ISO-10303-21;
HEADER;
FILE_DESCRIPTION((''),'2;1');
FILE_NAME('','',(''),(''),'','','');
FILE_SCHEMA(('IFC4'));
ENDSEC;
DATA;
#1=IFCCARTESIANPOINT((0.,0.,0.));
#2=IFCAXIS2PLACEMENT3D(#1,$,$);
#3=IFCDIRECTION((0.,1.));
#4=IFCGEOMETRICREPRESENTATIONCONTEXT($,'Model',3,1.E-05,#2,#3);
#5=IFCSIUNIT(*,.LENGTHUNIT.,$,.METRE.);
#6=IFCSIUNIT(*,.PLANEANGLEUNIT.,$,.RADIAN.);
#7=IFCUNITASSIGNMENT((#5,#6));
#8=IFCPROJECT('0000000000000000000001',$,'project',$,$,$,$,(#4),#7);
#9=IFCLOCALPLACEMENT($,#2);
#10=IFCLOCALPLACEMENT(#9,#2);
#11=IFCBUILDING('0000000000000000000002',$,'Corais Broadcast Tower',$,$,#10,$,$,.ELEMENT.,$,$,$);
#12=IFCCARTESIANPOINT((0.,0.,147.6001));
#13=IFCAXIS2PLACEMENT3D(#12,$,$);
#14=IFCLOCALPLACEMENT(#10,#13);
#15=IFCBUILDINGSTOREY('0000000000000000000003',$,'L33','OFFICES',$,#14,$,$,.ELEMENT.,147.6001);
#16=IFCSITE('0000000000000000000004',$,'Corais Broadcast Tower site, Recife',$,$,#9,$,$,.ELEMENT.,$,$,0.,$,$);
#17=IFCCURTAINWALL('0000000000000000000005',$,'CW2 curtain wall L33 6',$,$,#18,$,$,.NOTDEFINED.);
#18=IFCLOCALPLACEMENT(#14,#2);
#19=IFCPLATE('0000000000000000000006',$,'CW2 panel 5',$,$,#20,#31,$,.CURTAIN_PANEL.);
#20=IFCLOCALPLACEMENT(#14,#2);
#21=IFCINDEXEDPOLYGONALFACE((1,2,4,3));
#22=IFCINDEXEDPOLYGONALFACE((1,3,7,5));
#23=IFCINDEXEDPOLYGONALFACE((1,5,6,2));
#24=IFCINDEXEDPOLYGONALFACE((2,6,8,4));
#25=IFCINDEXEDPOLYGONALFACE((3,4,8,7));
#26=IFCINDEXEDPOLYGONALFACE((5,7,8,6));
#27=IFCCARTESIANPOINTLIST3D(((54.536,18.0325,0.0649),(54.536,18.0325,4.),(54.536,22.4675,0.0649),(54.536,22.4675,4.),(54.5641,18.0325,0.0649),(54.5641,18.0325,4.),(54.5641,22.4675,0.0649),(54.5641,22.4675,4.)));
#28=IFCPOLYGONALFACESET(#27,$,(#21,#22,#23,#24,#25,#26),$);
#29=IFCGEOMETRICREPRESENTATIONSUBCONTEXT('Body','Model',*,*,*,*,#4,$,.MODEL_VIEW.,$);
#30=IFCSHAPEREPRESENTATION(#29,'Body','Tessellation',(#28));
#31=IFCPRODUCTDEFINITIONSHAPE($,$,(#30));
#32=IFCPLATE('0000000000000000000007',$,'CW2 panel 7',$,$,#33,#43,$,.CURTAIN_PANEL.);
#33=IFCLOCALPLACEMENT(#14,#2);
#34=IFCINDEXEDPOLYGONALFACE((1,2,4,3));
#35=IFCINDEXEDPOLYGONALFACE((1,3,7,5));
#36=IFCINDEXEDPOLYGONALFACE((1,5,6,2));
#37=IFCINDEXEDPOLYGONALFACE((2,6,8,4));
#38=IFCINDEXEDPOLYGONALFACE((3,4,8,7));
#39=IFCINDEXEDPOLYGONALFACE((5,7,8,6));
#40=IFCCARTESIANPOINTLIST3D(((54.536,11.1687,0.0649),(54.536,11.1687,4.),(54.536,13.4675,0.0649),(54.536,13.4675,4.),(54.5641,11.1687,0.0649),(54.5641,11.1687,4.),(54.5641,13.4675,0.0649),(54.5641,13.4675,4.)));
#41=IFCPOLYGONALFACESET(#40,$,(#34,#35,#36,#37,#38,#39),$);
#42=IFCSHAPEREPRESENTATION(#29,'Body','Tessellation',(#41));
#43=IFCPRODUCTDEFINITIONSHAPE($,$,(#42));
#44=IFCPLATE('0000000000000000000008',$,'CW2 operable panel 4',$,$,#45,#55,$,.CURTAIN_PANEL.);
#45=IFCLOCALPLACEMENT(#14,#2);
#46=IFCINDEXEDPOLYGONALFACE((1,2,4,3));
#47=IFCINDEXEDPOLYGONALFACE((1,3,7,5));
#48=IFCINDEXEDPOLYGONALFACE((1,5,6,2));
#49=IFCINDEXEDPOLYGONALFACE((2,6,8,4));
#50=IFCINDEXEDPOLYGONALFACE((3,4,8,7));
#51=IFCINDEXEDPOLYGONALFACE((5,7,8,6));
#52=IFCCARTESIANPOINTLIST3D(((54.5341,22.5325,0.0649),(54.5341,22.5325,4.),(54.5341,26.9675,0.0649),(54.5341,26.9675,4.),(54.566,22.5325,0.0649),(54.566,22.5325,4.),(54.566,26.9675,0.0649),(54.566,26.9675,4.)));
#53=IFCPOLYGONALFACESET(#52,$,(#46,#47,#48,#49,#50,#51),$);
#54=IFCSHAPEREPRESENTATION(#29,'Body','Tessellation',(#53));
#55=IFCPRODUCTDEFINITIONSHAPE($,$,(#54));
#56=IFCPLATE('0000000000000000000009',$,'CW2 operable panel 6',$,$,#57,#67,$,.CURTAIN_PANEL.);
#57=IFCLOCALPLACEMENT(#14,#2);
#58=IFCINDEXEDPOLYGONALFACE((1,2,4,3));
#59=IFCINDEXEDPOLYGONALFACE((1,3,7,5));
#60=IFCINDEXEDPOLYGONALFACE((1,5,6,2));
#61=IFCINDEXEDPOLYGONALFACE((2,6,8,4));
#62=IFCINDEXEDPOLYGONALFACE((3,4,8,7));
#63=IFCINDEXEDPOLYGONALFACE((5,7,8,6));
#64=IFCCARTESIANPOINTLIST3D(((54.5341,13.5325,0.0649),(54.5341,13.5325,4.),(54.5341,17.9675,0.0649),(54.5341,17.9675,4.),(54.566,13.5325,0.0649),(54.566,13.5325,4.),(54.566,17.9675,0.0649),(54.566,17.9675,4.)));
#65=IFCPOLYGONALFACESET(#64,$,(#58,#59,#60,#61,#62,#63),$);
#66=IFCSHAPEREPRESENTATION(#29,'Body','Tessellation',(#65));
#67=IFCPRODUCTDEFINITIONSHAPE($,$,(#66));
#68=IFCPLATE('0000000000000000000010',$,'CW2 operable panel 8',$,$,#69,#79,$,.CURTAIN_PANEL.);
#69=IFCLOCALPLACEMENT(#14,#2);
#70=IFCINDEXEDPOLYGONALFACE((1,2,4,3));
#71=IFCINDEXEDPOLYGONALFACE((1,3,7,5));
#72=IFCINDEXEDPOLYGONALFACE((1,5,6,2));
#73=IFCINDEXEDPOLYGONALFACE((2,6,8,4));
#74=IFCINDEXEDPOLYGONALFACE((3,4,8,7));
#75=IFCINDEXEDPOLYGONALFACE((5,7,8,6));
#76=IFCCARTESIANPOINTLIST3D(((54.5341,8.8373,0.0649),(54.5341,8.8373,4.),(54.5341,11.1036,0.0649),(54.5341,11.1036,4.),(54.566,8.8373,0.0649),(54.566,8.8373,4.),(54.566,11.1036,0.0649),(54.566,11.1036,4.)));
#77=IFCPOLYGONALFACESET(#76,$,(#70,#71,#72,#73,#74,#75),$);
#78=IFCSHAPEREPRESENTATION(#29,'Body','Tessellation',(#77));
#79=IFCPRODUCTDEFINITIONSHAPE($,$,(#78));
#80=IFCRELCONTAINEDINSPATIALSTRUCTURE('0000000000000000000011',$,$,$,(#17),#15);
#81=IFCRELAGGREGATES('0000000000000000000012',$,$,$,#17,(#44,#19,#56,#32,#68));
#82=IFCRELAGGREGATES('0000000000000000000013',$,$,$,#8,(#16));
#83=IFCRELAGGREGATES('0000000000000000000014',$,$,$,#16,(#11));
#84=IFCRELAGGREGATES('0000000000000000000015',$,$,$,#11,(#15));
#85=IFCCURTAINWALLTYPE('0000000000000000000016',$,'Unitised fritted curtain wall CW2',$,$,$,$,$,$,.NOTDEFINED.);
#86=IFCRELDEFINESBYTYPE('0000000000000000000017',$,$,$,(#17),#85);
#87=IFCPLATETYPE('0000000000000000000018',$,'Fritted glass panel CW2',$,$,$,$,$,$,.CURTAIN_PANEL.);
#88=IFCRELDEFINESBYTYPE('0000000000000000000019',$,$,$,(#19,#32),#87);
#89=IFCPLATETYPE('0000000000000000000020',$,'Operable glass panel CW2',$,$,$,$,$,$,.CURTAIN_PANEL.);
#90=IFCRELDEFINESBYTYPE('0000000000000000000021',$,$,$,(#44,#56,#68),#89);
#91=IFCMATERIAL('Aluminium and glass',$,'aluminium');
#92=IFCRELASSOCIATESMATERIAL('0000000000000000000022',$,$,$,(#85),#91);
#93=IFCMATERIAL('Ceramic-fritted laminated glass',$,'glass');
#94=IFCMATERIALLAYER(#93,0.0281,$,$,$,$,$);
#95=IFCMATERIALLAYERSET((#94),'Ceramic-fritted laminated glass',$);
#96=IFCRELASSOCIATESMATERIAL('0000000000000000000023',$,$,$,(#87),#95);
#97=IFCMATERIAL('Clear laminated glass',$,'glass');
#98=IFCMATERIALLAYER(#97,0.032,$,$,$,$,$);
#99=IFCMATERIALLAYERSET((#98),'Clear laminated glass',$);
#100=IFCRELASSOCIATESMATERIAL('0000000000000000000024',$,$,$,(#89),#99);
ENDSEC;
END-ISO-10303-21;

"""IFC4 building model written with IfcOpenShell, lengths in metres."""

from ifc_helpers import new_model, si_unit, direction, frame, origin, origin_2d, place, context, subcontext, project, spatial, rectangle, extrude, material, layer, layer_set, type_object, element, aggregate, save


model = new_model("IFC4")

# Units and contexts
model_context = context("Model", 3, precision=1e-05, world=origin(), true_north=direction((0.0, 1.0)))
body_context = subcontext(model_context, "Body", "Model", "MODEL_VIEW")
ifc_project = project(units=[si_unit("LENGTHUNIT", "METRE"), si_unit("PLANEANGLEUNIT", "RADIAN")], contexts=[model_context])

# Site, building, storey
site_placement = place(None, origin())
site = spatial("IfcSite", under=ifc_project, at=site_placement, Name="Corais Broadcast Tower site, Recife", CompositionType="ELEMENT", RefElevation=0.0)
building_placement = place(site_placement, origin())
building = spatial("IfcBuilding", under=site, at=building_placement, Name="Corais Broadcast Tower", CompositionType="ELEMENT")
storey_placement = place(building_placement, frame((0.0, 0.0, 147.6001)))
storey = spatial("IfcBuildingStorey", under=building, at=storey_placement, Name="L33", Description="OFFICES", CompositionType="ELEMENT", Elevation=147.6001)

# Curtain wall
ifc_material_1 = material(Name="Aluminium and glass", Category="aluminium")
curtain_wall_type = type_object("IfcCurtainWallType", Name="Unitised fritted curtain wall CW2", PredefinedType="NOTDEFINED", material=ifc_material_1)
curtain_wall_placement = place(storey_placement, origin())
curtain_wall = element("IfcCurtainWall", 1, at=curtain_wall_placement, inside=storey, type_object=curtain_wall_type, Name="CW2 curtain wall L33 6", PredefinedType="NOTDEFINED")

# Plates
ifc_material_2 = material(Name="Ceramic-fritted laminated glass", Category="glass")
ifc_layer_1 = layer(ifc_material_2, 0.0281)
ifc_layer_set_1 = layer_set([ifc_layer_1], Name="Ceramic-fritted laminated glass")
plate_type_1 = type_object("IfcPlateType", Name="Fritted glass panel CW2", PredefinedType="CURTAIN_PANEL", material=ifc_layer_set_1)
plate_1_placement = place(storey_placement, frame((54.55, 20.25, 0.0649), z_axis=(0.0, 0.0, 1.0), x_axis=(0.0, -1.0, 0.0)))
plate_1 = element("IfcPlate", 2, at=plate_1_placement, type_object=plate_type_1, Name="CW2 panel 5", PredefinedType="CURTAIN_PANEL", context=body_context, shape_type="SweptSolid", body=[
    extrude(rectangle(XDim=4.4351, YDim=0.0281, at=origin_2d()), origin(), (0.0, 0.0, 1.0), 3.9351),
])
plate_2_placement = place(storey_placement, frame((54.55, 12.3181, 0.0649), z_axis=(0.0, 0.0, 1.0), x_axis=(0.0, -1.0, 0.0)))
plate_2 = element("IfcPlate", 3, at=plate_2_placement, type_object=plate_type_1, Name="CW2 panel 7", PredefinedType="CURTAIN_PANEL", context=body_context, shape_type="SweptSolid", body=[
    extrude(rectangle(XDim=2.2988, YDim=0.0281, at=origin_2d()), origin(), (0.0, 0.0, 1.0), 3.9351),
])
ifc_material_3 = material(Name="Clear laminated glass", Category="glass")
ifc_layer_2 = layer(ifc_material_3, 0.032)
ifc_layer_set_2 = layer_set([ifc_layer_2], Name="Clear laminated glass")
plate_type_2 = type_object("IfcPlateType", Name="Operable glass panel CW2", PredefinedType="CURTAIN_PANEL", material=ifc_layer_set_2)
plate_3_placement = place(storey_placement, frame((54.55, 24.75, 0.0649), z_axis=(0.0, 0.0, 1.0), x_axis=(0.0, -1.0, 0.0)))
plate_3 = element("IfcPlate", 4, at=plate_3_placement, type_object=plate_type_2, Name="CW2 operable panel 4", PredefinedType="CURTAIN_PANEL", context=body_context, shape_type="SweptSolid", body=[
    extrude(rectangle(XDim=4.4351, YDim=0.032, at=origin_2d()), origin(), (0.0, 0.0, 1.0), 3.9351),
])
plate_4_placement = place(storey_placement, frame((54.55, 15.75, 0.0649), z_axis=(0.0, 0.0, 1.0), x_axis=(0.0, -1.0, 0.0)))
plate_4 = element("IfcPlate", 5, at=plate_4_placement, type_object=plate_type_2, Name="CW2 operable panel 6", PredefinedType="CURTAIN_PANEL", context=body_context, shape_type="SweptSolid", body=[
    extrude(rectangle(XDim=4.4351, YDim=0.032, at=origin_2d()), origin(), (0.0, 0.0, 1.0), 3.9351),
])
plate_5_placement = place(storey_placement, frame((54.55, 9.9705, 0.0649), z_axis=(0.0, 0.0, 1.0), x_axis=(0.0, -1.0, 0.0)))
plate_5 = element("IfcPlate", 6, at=plate_5_placement, type_object=plate_type_2, Name="CW2 operable panel 8", PredefinedType="CURTAIN_PANEL", context=body_context, shape_type="SweptSolid", body=[
    extrude(rectangle(XDim=2.2664, YDim=0.032, at=origin_2d()), origin(), (0.0, 0.0, 1.0), 3.9351),
])
aggregate(curtain_wall, [plate_3, plate_1, plate_4, plate_2, plate_5])

save(model, "model.ifc")
